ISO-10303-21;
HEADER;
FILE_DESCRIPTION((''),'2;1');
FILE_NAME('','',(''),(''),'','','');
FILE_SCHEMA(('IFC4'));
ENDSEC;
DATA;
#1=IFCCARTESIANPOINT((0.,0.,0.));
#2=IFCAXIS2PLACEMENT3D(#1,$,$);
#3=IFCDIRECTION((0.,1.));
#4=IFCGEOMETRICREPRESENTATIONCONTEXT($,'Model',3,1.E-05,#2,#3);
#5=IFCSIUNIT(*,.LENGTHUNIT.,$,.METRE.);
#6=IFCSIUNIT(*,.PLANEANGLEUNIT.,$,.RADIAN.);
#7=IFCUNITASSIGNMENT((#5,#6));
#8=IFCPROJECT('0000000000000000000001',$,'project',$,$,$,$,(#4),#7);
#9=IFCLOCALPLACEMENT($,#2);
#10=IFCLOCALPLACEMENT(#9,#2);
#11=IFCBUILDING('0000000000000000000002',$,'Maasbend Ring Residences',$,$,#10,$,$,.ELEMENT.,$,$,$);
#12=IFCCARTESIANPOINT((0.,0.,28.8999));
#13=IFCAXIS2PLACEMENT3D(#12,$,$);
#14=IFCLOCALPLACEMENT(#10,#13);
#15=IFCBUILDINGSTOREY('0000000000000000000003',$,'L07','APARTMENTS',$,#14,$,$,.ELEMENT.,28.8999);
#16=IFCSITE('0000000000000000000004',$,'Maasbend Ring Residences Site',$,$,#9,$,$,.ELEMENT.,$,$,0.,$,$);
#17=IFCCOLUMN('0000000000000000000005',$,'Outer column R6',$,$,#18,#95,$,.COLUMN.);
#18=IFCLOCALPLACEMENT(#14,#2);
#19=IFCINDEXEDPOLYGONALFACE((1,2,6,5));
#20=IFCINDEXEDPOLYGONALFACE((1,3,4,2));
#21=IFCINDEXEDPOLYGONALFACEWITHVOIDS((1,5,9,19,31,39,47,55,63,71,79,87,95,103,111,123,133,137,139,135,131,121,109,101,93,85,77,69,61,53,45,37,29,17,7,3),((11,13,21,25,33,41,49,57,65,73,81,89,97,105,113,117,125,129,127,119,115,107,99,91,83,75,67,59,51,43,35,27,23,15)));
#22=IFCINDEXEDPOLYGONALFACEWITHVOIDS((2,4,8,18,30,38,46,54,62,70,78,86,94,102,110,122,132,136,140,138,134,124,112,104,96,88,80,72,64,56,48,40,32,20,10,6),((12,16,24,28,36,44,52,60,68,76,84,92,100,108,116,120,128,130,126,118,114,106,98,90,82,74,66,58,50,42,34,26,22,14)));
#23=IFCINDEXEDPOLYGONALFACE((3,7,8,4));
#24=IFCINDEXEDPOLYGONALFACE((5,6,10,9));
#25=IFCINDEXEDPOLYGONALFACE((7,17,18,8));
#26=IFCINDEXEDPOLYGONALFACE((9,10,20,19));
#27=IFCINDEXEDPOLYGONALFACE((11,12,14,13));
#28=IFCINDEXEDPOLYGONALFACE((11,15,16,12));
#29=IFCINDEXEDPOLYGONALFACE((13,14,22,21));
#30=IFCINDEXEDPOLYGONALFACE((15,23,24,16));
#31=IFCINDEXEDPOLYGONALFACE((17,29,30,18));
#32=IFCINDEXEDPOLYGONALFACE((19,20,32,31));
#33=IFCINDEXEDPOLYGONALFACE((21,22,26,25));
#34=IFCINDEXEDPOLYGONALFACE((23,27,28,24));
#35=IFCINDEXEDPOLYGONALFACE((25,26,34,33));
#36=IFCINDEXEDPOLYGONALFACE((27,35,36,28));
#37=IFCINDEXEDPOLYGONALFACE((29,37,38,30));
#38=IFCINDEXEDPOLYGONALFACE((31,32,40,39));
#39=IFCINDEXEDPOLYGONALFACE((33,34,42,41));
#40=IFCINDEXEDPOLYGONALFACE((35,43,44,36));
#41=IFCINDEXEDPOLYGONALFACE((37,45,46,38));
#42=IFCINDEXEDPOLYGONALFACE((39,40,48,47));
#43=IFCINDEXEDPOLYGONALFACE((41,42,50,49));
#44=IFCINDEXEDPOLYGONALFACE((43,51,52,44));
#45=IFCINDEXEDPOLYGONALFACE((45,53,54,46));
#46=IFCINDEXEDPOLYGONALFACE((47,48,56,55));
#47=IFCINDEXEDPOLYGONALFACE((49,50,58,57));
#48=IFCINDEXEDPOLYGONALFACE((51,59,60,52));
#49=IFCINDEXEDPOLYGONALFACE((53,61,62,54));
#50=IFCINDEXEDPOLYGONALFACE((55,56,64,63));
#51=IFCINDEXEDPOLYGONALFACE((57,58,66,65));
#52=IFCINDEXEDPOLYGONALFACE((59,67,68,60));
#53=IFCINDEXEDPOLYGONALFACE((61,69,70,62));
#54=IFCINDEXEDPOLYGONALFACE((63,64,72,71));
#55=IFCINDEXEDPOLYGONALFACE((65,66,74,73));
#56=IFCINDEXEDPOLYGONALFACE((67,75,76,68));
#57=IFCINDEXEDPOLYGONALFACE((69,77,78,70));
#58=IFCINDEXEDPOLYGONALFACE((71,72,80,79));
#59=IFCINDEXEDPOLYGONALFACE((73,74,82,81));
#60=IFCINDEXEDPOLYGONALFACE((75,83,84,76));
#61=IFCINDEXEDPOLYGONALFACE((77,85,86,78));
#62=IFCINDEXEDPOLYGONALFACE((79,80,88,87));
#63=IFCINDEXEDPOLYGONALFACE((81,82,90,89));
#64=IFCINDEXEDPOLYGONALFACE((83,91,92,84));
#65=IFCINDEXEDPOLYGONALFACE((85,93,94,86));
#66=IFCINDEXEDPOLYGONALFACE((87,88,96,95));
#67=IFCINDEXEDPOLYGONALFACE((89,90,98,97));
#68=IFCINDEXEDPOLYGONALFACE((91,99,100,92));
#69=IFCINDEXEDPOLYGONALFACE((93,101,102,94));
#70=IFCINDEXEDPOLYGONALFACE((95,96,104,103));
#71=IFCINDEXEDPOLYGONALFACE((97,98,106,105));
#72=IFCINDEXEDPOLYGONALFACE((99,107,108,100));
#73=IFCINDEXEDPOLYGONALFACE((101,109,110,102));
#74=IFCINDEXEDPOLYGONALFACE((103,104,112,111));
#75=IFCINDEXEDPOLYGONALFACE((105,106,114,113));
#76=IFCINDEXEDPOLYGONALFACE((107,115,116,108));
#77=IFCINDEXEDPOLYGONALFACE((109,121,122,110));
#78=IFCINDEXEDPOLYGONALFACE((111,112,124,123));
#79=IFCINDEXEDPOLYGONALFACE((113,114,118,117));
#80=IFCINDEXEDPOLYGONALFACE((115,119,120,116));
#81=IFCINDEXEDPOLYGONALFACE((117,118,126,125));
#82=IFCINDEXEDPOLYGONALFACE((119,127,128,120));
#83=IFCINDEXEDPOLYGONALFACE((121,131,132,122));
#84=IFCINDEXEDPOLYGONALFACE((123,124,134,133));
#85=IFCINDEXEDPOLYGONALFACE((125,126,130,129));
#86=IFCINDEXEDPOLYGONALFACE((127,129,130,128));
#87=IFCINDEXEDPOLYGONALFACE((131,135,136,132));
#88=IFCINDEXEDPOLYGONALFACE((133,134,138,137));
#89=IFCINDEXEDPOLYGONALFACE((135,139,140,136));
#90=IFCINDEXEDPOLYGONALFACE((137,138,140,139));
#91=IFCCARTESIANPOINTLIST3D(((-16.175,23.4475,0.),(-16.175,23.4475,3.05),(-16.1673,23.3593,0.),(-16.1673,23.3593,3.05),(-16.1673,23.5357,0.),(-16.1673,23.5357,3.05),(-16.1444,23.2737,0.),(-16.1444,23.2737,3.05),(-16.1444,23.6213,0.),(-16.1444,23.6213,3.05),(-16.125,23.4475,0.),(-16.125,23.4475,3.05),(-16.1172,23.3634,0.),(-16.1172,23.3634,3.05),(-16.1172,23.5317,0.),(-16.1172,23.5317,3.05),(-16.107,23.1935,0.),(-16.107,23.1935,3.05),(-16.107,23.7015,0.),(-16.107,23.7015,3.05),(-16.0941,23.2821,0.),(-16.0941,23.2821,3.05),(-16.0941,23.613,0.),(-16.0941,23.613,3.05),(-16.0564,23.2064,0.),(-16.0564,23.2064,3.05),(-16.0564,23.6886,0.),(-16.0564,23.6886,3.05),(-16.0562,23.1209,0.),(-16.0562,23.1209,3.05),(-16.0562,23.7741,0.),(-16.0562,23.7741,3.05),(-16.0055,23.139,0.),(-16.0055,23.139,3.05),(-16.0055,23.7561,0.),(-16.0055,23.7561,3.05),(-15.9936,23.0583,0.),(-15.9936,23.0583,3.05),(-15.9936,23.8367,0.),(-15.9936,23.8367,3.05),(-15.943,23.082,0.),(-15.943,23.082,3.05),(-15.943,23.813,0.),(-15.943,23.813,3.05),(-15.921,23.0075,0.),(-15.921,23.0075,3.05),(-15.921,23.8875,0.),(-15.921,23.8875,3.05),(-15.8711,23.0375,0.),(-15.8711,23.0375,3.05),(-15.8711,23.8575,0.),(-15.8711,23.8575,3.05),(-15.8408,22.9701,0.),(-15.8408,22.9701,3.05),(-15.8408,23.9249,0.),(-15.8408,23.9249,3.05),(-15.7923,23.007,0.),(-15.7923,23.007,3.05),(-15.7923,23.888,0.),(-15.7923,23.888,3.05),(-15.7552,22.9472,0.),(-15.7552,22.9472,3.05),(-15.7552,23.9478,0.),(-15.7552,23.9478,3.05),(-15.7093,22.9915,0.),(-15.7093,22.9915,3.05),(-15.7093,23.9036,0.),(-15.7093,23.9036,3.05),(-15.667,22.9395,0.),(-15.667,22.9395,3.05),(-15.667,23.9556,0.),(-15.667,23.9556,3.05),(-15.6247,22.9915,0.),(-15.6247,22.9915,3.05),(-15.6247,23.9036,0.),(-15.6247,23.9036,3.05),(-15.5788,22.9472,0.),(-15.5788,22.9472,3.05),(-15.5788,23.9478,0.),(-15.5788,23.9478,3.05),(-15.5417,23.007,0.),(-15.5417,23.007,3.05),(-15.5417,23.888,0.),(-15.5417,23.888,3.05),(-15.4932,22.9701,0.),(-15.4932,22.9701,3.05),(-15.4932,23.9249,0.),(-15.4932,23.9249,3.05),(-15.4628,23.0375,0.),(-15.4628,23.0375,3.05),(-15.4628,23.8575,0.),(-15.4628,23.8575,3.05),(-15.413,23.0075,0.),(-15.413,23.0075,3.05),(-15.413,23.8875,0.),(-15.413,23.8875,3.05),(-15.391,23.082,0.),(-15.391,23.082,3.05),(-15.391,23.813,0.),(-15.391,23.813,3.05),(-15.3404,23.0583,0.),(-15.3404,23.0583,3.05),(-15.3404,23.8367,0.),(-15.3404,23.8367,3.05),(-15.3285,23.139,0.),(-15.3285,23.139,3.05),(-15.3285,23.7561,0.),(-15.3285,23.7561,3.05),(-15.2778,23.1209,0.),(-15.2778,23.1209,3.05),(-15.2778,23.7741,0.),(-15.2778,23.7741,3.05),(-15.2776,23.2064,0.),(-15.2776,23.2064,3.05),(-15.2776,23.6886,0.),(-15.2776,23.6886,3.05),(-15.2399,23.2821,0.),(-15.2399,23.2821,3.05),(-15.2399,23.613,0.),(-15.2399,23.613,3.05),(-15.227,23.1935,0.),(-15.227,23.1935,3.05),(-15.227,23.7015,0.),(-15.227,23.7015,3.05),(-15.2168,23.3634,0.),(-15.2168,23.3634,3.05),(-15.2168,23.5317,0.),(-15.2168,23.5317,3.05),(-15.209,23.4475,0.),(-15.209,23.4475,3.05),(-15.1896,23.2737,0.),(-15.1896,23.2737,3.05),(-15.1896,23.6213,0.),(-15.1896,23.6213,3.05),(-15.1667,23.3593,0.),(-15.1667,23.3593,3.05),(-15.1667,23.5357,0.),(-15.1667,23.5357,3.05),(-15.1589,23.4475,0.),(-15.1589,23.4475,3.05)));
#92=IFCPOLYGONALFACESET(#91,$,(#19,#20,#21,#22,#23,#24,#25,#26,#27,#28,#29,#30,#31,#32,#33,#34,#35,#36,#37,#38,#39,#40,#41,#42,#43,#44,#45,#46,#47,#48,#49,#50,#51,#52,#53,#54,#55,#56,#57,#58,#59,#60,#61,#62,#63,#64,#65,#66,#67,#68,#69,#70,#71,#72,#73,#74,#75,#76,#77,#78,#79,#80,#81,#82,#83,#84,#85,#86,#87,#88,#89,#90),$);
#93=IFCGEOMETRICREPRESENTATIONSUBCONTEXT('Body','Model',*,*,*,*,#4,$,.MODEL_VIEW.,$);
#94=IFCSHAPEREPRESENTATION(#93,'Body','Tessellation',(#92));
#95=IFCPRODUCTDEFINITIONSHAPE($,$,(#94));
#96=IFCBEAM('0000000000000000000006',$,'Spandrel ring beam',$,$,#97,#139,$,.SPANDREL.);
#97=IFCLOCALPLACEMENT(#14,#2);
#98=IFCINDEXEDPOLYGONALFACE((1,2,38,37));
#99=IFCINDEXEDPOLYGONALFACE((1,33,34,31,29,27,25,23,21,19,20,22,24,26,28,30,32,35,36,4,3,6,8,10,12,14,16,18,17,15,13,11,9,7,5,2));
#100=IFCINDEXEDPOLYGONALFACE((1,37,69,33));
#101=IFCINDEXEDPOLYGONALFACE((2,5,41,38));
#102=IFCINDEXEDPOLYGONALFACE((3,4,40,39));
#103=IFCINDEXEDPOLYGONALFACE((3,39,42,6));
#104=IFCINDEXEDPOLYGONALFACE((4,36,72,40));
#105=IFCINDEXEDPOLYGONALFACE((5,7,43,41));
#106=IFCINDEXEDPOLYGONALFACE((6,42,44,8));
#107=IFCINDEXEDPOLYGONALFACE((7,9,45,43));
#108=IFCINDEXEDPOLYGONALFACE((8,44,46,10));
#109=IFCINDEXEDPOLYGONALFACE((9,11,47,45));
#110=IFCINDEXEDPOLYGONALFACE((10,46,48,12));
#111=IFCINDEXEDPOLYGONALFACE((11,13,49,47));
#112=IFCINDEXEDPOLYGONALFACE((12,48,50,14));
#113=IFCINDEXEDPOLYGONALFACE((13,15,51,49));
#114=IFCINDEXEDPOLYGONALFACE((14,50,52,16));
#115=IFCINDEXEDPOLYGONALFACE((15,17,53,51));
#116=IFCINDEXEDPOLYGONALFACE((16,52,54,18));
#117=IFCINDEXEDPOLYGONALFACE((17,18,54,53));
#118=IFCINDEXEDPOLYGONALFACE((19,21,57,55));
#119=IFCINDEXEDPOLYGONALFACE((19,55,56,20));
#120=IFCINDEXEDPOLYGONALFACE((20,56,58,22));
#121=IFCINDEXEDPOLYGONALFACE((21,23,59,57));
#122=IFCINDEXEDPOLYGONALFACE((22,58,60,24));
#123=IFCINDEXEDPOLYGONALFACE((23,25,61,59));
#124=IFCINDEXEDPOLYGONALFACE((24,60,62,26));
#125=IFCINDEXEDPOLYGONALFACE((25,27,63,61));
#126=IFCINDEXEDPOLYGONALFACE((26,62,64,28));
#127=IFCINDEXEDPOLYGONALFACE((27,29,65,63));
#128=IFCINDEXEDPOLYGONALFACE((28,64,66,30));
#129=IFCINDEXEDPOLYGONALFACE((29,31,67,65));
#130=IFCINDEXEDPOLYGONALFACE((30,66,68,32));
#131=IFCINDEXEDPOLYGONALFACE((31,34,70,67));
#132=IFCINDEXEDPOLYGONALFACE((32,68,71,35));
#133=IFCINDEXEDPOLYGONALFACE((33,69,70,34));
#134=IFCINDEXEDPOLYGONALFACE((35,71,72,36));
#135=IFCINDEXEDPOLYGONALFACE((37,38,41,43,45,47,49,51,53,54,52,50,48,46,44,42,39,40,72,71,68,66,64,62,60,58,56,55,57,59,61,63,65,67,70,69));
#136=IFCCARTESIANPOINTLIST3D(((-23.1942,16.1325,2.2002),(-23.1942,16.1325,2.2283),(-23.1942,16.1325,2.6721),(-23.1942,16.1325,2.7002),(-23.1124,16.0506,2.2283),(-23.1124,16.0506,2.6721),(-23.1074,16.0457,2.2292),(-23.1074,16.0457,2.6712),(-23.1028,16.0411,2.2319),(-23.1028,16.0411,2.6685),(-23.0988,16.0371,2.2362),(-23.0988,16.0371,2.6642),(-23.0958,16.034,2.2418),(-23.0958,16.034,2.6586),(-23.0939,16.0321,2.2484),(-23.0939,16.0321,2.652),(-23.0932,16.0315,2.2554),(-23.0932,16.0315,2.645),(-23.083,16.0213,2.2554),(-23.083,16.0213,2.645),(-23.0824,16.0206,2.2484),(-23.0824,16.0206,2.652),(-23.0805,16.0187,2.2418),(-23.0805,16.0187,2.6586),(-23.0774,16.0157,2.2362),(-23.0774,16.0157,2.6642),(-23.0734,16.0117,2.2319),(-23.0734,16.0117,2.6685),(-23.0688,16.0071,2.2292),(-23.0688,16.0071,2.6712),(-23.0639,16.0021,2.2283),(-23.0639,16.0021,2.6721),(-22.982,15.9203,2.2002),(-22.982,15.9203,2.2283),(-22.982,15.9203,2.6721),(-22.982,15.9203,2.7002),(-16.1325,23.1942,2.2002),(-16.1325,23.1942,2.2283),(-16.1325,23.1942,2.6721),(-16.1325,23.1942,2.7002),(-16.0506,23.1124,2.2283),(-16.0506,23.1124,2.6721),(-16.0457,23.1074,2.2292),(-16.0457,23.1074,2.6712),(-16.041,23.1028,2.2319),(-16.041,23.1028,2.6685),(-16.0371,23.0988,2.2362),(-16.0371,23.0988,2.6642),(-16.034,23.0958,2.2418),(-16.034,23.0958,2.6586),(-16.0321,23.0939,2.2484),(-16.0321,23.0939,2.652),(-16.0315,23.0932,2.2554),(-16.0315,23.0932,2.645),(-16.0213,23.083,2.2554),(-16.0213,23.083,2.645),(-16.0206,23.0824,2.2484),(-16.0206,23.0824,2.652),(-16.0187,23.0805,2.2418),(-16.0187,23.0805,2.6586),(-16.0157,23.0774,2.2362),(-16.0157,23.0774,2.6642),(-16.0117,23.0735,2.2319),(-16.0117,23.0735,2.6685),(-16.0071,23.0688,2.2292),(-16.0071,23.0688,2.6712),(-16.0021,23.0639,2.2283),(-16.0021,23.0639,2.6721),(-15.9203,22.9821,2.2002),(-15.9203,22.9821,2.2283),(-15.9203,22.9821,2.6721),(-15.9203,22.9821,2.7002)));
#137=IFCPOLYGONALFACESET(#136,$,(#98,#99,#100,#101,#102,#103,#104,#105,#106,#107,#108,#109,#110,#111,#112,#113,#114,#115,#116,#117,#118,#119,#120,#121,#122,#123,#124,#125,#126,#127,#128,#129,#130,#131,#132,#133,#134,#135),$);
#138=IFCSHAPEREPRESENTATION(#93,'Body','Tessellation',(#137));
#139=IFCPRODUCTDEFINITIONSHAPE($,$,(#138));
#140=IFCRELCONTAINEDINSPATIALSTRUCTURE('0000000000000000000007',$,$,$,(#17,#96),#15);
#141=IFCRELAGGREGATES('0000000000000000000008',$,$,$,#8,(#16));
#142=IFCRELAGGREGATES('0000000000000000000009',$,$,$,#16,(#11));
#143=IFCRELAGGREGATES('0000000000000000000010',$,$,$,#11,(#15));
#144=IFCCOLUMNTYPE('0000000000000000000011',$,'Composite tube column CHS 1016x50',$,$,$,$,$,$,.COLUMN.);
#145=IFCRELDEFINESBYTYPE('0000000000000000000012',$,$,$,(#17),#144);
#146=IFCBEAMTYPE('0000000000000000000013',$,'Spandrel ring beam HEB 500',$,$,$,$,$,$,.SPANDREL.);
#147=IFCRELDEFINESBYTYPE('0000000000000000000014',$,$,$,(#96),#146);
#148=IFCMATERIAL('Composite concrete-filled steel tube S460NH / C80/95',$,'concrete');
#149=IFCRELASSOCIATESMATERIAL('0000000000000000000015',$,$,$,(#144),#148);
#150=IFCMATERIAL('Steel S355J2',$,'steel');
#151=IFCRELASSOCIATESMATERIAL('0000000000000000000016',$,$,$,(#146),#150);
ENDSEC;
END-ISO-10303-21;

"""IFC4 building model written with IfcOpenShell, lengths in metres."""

from ifc_helpers import new_model, si_unit, direction, frame, origin, origin_2d, place, context, subcontext, project, spatial, hollow_circle, i_section, extrude, material, material_profile, profile_set, type_object, element, save


model = new_model("IFC4")

# Units and contexts
model_context = context("Model", 3, precision=1e-05, world=origin(), true_north=direction((0.0, 1.0)))
body_context = subcontext(model_context, "Body", "Model", "MODEL_VIEW")
ifc_project = project(units=[si_unit("LENGTHUNIT", "METRE"), si_unit("PLANEANGLEUNIT", "RADIAN")], contexts=[model_context])

# Site, building, storey
site_placement = place(None, origin())
site = spatial("IfcSite", under=ifc_project, at=site_placement, Name="Maasbend Ring Residences Site", CompositionType="ELEMENT", RefElevation=0.0)
building_placement = place(site_placement, origin())
building = spatial("IfcBuilding", under=site, at=building_placement, Name="Maasbend Ring Residences", CompositionType="ELEMENT")
storey_placement = place(building_placement, frame((0.0, 0.0, 28.8999)))
storey = spatial("IfcBuildingStorey", under=building, at=storey_placement, Name="L07", Description="APARTMENTS", CompositionType="ELEMENT", Elevation=28.8999)

# Column
ifc_material_1 = material(Name="Composite concrete-filled steel tube S460NH / C80/95", Category="concrete")
ifc_material_profile_1 = material_profile(ifc_material_1, hollow_circle(Radius=0.5081, WallThickness=0.05, at=origin_2d()), Name="Composite tube column CHS 1016x50")
ifc_profile_set_1 = profile_set([ifc_material_profile_1], Name="Composite concrete-filled steel tube S460NH / C80/95")
column_type = type_object("IfcColumnType", Name="Composite tube column CHS 1016x50", PredefinedType="COLUMN", material=ifc_profile_set_1)
column_placement = place(storey_placement, frame((-15.667, 23.4475, 0.0), z_axis=(0.0, 0.0, 1.0), x_axis=(1.0, 0.0, 0.0)))
element("IfcColumn", 1, at=column_placement, inside=storey, type_object=column_type, Name="Outer column R6", PredefinedType="COLUMN", context=body_context, shape_type="SweptSolid", body=[
    extrude(hollow_circle(Radius=0.5081, WallThickness=0.05, at=origin_2d()), origin(), (0.0, 0.0, 1.0), 3.05),
])

# Beam
ifc_material_2 = material(Name="Steel S355J2", Category="steel")
ifc_material_profile_2 = material_profile(ifc_material_2, i_section(OverallWidth=0.3, OverallDepth=0.5, WebThickness=0.0144, FlangeThickness=0.0281, FilletRadius=0.0271, at=origin_2d()), Name="HEB 500")
ifc_profile_set_2 = profile_set([ifc_material_profile_2], Name="Steel S355J2")
beam_type = type_object("IfcBeamType", Name="Spandrel ring beam HEB 500", PredefinedType="SPANDREL", material=ifc_profile_set_2)
beam_placement = place(storey_placement, frame((-16.0264, 23.0881, 2.4502), z_axis=(-0.707107, -0.707107, 0.0), x_axis=(0.707107, -0.707107, 0.0)))
element("IfcBeam", 2, at=beam_placement, inside=storey, type_object=beam_type, Name="Spandrel ring beam", PredefinedType="SPANDREL", context=body_context, shape_type="SweptSolid", body=[
    extrude(i_section(OverallWidth=0.3, OverallDepth=0.5, WebThickness=0.0144, FlangeThickness=0.0281, FilletRadius=0.0271, at=origin_2d()), origin(), (0.0, 0.0, 1.0), 9.9868),
])

save(model, "model.ifc")
